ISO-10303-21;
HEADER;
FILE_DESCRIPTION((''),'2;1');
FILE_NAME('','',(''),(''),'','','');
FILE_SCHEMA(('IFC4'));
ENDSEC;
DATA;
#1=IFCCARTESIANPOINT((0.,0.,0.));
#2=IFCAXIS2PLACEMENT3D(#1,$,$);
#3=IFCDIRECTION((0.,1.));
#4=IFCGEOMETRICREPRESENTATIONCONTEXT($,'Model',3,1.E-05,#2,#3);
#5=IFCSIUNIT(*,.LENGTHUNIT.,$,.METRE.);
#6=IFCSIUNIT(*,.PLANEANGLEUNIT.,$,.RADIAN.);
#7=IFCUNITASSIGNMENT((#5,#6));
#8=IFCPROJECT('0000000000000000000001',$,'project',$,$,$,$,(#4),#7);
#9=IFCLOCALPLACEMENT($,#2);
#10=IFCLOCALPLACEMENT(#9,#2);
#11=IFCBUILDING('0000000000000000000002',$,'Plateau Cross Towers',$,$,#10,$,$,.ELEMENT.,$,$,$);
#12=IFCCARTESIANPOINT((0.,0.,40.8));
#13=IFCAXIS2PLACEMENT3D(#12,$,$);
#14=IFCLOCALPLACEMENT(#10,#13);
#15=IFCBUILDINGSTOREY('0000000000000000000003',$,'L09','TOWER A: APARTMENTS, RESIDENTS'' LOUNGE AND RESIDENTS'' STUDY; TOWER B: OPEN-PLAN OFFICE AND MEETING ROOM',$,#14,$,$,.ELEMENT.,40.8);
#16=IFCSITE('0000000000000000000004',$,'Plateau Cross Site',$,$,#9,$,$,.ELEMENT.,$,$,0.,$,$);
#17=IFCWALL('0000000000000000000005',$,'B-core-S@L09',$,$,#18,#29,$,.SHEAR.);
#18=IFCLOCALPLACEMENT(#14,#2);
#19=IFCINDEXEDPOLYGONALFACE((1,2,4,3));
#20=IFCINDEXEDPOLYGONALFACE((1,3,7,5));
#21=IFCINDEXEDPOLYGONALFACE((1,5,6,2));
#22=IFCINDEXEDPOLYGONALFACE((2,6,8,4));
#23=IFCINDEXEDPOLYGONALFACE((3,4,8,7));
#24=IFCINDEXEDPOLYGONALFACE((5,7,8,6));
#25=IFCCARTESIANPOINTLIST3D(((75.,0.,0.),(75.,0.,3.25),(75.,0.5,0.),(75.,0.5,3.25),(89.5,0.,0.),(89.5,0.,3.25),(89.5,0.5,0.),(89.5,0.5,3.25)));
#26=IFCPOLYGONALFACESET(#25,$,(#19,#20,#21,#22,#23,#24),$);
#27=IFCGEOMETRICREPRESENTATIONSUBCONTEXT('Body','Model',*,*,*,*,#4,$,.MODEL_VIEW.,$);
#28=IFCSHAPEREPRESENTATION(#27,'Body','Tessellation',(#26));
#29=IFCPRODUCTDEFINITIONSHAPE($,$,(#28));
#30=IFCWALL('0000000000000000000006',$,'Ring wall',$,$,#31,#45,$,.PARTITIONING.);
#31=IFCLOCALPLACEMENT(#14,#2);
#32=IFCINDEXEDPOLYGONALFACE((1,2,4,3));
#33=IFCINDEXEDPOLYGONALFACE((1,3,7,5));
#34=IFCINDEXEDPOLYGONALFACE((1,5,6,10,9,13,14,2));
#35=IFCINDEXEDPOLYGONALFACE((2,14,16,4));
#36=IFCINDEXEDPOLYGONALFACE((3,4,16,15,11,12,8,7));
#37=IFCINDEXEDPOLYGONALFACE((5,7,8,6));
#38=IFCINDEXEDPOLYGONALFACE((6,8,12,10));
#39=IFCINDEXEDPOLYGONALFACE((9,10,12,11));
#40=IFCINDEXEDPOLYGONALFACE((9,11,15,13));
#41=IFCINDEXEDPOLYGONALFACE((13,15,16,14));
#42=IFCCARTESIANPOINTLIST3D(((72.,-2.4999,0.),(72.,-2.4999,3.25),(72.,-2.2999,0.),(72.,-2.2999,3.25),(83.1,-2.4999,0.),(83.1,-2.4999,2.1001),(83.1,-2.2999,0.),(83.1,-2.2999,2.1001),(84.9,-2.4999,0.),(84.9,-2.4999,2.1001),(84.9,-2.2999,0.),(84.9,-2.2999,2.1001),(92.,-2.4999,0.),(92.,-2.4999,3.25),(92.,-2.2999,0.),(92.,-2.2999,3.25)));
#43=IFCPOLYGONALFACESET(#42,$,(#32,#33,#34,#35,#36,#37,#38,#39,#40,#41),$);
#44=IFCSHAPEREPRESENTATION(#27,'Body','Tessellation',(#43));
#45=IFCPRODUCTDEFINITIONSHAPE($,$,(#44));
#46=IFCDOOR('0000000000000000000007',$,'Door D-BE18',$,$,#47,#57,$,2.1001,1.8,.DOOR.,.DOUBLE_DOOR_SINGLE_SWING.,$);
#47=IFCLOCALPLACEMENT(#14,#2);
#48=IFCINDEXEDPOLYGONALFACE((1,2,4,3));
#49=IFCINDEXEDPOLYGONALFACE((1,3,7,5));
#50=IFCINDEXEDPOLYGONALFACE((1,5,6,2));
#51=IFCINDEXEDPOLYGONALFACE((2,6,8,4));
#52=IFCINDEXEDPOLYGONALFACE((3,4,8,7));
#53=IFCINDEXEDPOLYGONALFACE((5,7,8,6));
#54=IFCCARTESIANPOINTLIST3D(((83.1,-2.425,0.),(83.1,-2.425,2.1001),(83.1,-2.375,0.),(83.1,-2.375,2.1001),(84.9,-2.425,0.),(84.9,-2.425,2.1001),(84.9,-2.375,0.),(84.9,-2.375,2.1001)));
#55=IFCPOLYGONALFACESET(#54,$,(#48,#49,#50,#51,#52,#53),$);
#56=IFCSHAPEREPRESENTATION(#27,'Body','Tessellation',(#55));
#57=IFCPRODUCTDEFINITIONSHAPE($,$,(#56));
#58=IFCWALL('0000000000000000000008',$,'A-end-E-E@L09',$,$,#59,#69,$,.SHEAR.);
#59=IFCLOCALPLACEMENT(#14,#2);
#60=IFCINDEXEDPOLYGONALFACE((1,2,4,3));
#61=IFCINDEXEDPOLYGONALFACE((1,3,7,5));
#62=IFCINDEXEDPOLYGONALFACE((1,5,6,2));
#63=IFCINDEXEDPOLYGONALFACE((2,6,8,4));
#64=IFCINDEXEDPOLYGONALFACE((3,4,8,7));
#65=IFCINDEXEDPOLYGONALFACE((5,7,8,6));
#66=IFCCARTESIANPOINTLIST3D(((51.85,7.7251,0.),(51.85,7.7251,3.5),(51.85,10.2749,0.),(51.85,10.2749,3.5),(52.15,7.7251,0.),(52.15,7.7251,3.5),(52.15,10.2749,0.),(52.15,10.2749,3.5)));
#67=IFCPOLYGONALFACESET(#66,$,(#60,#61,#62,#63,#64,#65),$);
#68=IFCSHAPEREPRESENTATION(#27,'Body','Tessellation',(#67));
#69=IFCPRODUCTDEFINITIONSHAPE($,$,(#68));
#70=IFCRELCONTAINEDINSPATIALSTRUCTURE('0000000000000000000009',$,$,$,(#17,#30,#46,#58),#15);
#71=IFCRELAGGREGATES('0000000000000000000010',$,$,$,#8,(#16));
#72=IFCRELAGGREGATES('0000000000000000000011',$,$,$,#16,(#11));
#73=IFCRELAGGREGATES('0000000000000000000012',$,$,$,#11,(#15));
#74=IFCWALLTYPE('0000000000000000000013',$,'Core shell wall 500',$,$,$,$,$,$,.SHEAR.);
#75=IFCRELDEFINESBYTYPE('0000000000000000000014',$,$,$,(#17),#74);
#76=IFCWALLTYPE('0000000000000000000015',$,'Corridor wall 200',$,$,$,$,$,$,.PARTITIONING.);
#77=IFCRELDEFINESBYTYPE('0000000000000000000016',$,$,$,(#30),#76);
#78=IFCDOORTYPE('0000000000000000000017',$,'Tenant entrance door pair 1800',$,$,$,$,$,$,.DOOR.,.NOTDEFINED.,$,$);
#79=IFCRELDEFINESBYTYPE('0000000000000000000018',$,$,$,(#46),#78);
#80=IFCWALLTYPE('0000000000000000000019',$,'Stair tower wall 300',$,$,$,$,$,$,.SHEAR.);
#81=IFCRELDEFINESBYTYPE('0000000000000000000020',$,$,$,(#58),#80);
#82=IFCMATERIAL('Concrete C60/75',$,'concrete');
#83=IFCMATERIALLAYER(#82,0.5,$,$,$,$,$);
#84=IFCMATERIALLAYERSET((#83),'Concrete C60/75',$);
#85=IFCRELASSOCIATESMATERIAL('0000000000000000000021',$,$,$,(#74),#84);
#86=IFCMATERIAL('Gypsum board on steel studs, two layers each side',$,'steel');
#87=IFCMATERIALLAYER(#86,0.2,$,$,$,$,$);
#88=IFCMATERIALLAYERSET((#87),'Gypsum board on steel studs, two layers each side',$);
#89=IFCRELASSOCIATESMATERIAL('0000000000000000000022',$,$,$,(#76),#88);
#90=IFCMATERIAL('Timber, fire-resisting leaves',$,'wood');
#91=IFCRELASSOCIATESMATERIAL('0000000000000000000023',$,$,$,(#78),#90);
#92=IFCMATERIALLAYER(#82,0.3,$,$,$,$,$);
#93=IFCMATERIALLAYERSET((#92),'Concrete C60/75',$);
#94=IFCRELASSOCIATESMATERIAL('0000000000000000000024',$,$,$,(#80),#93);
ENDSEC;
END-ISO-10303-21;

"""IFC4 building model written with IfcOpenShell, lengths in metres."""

from ifc_helpers import new_model, si_unit, direction, frame, frame_2d, origin, place, context, subcontext, project, spatial, rectangle, extrude, material, layer, layer_set, type_object, element, fill, save


model = new_model("IFC4")

# Units and contexts
model_context = context("Model", 3, precision=1e-05, world=origin(), true_north=direction((0.0, 1.0)))
body_context = subcontext(model_context, "Body", "Model", "MODEL_VIEW")
ifc_project = project(units=[si_unit("LENGTHUNIT", "METRE"), si_unit("PLANEANGLEUNIT", "RADIAN")], contexts=[model_context])

# Site, building, storey
site_placement = place(None, origin())
site = spatial("IfcSite", under=ifc_project, at=site_placement, Name="Plateau Cross Site", CompositionType="ELEMENT", RefElevation=0.0)
building_placement = place(site_placement, origin())
building = spatial("IfcBuilding", under=site, at=building_placement, Name="Plateau Cross Towers", CompositionType="ELEMENT")
storey_placement = place(building_placement, frame((0.0, 0.0, 40.8)))
storey = spatial("IfcBuildingStorey", under=building, at=storey_placement, Name="L09", Description="TOWER A: APARTMENTS, RESIDENTS' LOUNGE AND RESIDENTS' STUDY; TOWER B: OPEN-PLAN OFFICE AND MEETING ROOM", CompositionType="ELEMENT", Elevation=40.8)

# Shared definitions
ifc_material_1 = material(Name="Concrete C60/75", Category="concrete")

# Wall
ifc_layer_1 = layer(ifc_material_1, 0.5)
ifc_layer_set_1 = layer_set([ifc_layer_1], Name="Concrete C60/75")
wall_type_1 = type_object("IfcWallType", Name="Core shell wall 500", PredefinedType="SHEAR", material=ifc_layer_set_1)
wall_1_placement = place(storey_placement, frame((75.0, 0.25, 0.0), z_axis=(0.0, 0.0, 1.0), x_axis=(1.0, 0.0, 0.0)))
element("IfcWall", 1, at=wall_1_placement, inside=storey, type_object=wall_type_1, Name="B-core-S@L09", PredefinedType="SHEAR", context=body_context, shape_type="SweptSolid", body=[
    extrude(rectangle(XDim=14.5, YDim=0.5, at=frame_2d((7.25, 0.0))), origin(), (0.0, 0.0, 1.0), 3.25),
])

# Wall, opening, door
ifc_material_2 = material(Name="Gypsum board on steel studs, two layers each side", Category="steel")
ifc_layer_2 = layer(ifc_material_2, 0.2)
ifc_layer_set_2 = layer_set([ifc_layer_2], Name="Gypsum board on steel studs, two layers each side")
wall_type_2 = type_object("IfcWallType", Name="Corridor wall 200", PredefinedType="PARTITIONING", material=ifc_layer_set_2)
wall_2_placement = place(storey_placement, frame((72.0, -2.3999, 0.0), z_axis=(0.0, 0.0, 1.0), x_axis=(1.0, 0.0, 0.0)))
wall_2 = element("IfcWall", 2, at=wall_2_placement, inside=storey, type_object=wall_type_2, Name="Ring wall", PredefinedType="PARTITIONING", context=body_context, shape_type="SweptSolid", body=[
    extrude(rectangle(XDim=20.0, YDim=0.2, at=frame_2d((10.0, 0.0))), origin(), (0.0, 0.0, 1.0), 3.25),
])
opening_placement = place(wall_2_placement, frame((11.1001, 0.0, 0.0)))
opening = element("IfcOpeningElement", 3, at=opening_placement, cuts=wall_2, PredefinedType="OPENING", context=body_context, shape_type="SweptSolid", body=[
    extrude(rectangle(XDim=1.8, YDim=2.1001, at=frame_2d((0.8999, 1.05))), frame((0.0, 0.1099, 0.0), z_axis=(0.0, -1.0, 0.0), x_axis=(1.0, 0.0, 0.0)), (0.0, 0.0, 1.0), 0.22),
])
ifc_material_3 = material(Name="Timber, fire-resisting leaves", Category="wood")
door_type = type_object("IfcDoorType", Name="Tenant entrance door pair 1800", OperationType="NOTDEFINED", PredefinedType="DOOR", material=ifc_material_3)
door_placement = place(opening_placement, origin())
door = element("IfcDoor", 4, at=door_placement, inside=storey, type_object=door_type, Name="Door D-BE18", OperationType="DOUBLE_DOOR_SINGLE_SWING", OverallHeight=2.1001, OverallWidth=1.8, PredefinedType="DOOR", context=body_context, shape_type="SweptSolid", body=[
    extrude(rectangle(XDim=1.8, YDim=2.1001, at=frame_2d((0.8999, 1.05))), frame((0.0, 0.0249, 0.0), z_axis=(0.0, -1.0, 0.0), x_axis=(1.0, 0.0, 0.0)), (0.0, 0.0, 1.0), 0.05),
])
fill(opening, door)

# Wall
ifc_layer_3 = layer(ifc_material_1, 0.3)
ifc_layer_set_3 = layer_set([ifc_layer_3], Name="Concrete C60/75")
wall_type_3 = type_object("IfcWallType", Name="Stair tower wall 300", PredefinedType="SHEAR", material=ifc_layer_set_3)
wall_3_placement = place(storey_placement, frame((52.0, 7.7251, 0.0), z_axis=(0.0, 0.0, 1.0), x_axis=(0.0, 1.0, 0.0)))
element("IfcWall", 5, at=wall_3_placement, inside=storey, type_object=wall_type_3, Name="A-end-E-E@L09", PredefinedType="SHEAR", context=body_context, shape_type="SweptSolid", body=[
    extrude(rectangle(XDim=2.5498, YDim=0.3, at=frame_2d((1.2749, 0.0))), origin(), (0.0, 0.0, 1.0), 3.5),
])

save(model, "model.ifc")
